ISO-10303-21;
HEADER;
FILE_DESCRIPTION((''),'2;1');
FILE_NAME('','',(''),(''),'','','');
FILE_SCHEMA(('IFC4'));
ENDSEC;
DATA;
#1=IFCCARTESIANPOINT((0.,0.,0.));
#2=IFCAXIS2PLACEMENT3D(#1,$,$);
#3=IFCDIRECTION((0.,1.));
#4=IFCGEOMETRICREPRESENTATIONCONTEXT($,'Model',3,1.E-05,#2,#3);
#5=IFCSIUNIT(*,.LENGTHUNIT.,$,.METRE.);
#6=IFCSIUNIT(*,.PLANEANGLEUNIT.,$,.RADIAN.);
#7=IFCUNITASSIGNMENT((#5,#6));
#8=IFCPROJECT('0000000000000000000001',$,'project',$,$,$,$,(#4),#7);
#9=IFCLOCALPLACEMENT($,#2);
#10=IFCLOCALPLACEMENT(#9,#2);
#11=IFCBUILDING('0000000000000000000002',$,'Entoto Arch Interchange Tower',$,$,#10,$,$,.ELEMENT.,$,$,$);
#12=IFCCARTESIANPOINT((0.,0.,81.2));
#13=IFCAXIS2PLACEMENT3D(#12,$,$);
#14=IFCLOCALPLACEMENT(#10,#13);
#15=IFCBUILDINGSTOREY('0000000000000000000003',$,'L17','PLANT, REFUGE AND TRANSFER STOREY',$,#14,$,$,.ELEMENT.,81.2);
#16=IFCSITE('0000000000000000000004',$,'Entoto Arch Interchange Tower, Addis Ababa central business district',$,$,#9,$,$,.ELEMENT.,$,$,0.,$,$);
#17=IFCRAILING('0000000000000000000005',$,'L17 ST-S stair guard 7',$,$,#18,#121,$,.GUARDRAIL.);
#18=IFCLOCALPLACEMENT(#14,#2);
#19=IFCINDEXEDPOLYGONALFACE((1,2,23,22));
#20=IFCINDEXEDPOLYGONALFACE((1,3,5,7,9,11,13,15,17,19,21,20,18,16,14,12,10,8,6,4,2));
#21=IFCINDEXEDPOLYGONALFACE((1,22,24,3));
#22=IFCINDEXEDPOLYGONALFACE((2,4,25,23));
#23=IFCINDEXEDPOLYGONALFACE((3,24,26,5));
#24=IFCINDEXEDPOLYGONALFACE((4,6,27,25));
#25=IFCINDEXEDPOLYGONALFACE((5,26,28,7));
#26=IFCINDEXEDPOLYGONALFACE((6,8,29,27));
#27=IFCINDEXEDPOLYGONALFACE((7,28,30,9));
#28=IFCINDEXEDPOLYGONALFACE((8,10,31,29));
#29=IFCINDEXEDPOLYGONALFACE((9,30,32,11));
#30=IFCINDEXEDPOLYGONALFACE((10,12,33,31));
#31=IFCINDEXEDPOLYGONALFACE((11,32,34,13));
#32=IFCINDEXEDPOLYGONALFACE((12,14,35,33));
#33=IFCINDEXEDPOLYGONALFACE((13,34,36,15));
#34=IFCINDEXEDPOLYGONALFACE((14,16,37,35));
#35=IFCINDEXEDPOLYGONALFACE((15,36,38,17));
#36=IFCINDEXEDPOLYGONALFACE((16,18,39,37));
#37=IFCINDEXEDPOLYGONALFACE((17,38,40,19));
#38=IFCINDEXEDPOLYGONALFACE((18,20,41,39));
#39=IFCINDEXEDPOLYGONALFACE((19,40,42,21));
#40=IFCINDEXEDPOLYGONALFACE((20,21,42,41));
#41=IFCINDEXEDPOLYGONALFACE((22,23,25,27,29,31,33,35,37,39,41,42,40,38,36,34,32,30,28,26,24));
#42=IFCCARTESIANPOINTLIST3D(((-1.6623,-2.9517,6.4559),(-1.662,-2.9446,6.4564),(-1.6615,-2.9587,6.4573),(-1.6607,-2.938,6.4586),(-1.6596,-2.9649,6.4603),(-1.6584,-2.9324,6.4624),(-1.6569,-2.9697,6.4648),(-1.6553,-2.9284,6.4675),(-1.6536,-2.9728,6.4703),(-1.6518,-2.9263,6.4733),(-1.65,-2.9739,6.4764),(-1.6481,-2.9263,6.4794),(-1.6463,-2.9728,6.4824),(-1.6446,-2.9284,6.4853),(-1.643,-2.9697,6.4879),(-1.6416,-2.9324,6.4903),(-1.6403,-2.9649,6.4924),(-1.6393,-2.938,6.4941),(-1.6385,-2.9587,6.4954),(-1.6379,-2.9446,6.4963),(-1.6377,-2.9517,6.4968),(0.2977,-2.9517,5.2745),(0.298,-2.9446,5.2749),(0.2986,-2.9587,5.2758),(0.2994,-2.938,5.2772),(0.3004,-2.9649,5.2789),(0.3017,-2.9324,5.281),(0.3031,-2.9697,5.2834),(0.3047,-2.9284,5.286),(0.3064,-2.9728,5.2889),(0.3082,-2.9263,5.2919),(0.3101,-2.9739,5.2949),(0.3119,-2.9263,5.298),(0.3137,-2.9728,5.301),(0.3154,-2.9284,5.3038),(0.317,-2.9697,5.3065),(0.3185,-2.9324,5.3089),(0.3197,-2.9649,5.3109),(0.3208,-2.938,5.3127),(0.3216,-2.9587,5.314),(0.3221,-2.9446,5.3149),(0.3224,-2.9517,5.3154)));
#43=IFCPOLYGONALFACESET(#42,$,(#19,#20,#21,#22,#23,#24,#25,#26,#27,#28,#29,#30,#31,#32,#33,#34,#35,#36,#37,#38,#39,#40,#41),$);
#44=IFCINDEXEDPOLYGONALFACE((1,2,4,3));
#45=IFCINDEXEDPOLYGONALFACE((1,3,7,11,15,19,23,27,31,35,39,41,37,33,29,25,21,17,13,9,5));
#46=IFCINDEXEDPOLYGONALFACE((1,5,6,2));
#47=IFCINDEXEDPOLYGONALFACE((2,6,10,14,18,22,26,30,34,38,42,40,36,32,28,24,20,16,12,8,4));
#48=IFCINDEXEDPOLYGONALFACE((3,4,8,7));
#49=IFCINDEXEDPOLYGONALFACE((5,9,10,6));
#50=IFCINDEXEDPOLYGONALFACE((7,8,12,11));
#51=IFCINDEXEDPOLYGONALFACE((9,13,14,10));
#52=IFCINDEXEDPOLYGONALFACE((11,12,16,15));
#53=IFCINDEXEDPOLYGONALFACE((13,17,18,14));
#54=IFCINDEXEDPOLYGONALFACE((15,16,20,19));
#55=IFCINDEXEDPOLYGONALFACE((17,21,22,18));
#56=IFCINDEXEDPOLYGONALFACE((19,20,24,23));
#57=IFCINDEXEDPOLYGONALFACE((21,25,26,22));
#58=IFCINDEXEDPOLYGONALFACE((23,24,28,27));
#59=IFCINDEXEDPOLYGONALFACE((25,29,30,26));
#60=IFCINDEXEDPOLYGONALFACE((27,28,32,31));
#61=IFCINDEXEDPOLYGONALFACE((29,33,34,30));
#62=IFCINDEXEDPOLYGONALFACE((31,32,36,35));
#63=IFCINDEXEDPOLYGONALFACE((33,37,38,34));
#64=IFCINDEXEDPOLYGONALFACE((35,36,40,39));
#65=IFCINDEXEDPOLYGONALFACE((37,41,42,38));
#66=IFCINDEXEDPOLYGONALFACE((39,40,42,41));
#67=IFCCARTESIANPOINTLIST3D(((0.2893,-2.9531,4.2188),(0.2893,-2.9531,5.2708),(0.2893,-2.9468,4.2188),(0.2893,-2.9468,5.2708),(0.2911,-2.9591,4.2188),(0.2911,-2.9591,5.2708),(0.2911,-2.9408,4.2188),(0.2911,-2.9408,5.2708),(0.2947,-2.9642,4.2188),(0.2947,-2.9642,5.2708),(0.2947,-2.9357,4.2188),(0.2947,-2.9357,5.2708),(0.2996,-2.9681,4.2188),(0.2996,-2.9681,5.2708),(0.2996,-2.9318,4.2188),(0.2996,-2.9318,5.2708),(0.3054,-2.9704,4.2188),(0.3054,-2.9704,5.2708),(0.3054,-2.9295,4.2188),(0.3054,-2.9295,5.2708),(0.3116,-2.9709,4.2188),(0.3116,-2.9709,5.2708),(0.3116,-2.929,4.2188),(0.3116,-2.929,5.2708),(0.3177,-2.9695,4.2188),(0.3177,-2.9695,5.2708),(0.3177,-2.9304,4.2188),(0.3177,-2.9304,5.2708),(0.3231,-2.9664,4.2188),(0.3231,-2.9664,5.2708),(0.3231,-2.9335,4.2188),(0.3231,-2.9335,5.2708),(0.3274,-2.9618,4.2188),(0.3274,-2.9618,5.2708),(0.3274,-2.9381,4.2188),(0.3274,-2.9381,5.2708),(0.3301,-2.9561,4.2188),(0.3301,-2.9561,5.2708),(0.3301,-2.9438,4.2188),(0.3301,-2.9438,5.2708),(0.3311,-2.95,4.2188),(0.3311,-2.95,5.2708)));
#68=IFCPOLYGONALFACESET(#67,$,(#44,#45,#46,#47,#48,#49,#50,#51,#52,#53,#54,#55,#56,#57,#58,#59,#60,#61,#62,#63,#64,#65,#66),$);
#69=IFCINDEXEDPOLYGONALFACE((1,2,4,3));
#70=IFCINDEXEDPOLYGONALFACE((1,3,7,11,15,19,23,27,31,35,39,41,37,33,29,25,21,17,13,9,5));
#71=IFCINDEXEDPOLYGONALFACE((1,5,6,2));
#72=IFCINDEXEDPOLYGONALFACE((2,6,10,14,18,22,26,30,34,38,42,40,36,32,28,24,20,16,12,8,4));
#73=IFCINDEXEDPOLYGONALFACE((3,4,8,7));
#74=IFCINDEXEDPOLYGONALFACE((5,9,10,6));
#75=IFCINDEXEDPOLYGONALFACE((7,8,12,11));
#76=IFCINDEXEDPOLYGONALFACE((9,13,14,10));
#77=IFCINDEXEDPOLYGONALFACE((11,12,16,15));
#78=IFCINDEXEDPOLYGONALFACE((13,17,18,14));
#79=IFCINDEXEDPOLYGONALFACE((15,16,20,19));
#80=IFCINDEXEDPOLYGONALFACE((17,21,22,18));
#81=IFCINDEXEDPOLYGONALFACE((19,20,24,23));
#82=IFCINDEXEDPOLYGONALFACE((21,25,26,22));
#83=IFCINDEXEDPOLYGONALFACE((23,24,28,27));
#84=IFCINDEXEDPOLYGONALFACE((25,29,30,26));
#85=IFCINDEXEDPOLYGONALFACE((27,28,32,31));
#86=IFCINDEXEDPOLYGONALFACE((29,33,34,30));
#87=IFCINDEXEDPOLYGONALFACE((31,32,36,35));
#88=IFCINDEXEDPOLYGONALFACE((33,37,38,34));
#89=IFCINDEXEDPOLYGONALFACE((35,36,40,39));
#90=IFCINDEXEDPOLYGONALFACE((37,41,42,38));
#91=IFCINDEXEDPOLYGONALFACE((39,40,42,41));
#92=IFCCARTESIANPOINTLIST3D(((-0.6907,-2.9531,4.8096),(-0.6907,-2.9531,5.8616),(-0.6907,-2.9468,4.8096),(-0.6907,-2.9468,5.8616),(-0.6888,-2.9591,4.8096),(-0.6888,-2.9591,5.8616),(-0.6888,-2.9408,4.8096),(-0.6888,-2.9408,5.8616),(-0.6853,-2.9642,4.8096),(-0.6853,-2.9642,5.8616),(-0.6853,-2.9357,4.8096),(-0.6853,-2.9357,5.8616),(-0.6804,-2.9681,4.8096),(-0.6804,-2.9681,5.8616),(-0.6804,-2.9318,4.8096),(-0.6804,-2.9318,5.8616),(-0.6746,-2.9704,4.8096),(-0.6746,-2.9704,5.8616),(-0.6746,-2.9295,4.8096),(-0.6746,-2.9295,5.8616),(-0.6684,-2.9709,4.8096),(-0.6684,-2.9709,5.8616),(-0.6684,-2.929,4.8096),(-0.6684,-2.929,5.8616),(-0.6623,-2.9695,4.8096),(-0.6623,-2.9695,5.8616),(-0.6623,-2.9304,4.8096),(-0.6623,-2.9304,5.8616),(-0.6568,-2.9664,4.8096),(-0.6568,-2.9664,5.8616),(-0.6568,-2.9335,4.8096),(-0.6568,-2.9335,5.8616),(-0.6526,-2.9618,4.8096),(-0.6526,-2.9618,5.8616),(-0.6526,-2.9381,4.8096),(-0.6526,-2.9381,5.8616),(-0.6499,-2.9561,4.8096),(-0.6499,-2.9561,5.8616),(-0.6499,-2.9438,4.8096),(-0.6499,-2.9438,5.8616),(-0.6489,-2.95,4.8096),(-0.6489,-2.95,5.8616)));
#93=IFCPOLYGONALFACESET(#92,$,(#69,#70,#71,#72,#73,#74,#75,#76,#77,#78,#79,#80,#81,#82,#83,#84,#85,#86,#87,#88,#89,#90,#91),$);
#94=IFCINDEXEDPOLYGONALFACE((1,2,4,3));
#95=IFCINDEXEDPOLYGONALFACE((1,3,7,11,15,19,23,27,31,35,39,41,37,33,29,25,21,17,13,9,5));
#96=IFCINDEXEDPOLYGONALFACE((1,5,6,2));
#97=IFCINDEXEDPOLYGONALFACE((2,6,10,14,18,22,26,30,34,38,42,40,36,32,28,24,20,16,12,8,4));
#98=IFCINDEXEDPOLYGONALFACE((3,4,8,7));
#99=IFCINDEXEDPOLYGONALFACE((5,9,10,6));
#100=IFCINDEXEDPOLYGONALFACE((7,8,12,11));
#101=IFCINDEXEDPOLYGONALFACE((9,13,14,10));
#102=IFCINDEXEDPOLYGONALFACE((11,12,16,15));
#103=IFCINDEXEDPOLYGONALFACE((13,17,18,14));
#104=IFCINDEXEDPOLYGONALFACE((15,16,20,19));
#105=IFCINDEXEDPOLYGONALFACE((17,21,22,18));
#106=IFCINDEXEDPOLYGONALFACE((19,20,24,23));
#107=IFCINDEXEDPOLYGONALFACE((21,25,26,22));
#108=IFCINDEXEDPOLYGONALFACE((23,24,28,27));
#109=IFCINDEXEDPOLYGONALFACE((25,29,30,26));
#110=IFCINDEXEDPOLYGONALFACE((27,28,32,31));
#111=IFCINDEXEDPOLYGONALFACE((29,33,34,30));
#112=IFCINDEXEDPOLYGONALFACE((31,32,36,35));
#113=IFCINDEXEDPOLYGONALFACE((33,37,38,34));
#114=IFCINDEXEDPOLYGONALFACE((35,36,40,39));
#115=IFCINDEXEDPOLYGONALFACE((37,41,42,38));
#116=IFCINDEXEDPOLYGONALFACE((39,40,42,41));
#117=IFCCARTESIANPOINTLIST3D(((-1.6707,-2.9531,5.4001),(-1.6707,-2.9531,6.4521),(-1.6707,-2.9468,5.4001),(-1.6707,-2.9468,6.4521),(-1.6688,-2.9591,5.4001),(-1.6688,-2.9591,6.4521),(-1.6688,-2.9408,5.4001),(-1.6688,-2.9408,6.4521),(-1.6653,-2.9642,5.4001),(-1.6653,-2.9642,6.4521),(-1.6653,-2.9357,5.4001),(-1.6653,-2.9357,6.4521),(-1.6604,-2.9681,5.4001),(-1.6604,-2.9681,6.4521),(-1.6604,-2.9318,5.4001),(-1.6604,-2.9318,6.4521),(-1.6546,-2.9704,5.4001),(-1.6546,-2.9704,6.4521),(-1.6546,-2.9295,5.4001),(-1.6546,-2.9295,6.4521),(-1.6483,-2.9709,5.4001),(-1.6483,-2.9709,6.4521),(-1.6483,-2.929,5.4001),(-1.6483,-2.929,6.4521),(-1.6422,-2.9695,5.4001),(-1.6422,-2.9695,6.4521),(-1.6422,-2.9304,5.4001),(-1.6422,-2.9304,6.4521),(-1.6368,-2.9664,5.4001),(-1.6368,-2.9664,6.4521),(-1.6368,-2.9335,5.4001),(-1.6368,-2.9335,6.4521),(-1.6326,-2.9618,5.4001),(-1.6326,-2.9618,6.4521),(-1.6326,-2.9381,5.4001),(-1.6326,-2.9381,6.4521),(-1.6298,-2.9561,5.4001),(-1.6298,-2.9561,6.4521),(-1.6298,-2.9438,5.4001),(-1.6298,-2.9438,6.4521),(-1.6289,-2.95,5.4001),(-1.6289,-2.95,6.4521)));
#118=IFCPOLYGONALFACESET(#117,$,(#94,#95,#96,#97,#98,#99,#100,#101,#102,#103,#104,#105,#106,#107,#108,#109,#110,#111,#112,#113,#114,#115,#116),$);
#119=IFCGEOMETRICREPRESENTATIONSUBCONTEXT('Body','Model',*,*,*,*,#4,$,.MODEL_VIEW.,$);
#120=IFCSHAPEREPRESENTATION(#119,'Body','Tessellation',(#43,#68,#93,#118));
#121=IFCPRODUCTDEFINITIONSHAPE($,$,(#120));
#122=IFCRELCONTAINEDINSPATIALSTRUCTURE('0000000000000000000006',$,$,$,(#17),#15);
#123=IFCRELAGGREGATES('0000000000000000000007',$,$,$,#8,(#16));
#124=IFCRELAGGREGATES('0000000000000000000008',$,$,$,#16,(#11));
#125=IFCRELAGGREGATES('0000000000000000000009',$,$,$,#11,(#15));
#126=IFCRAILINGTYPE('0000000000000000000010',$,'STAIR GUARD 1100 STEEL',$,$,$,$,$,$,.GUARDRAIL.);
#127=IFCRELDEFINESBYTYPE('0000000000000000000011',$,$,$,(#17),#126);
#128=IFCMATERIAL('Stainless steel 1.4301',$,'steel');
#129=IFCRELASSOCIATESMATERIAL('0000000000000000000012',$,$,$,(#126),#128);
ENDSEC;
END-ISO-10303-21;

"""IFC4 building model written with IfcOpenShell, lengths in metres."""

from ifc_helpers import new_model, si_unit, direction, frame, origin, origin_2d, place, context, subcontext, project, spatial, circle, extrude, material, type_object, element, save


model = new_model("IFC4")

# Units and contexts
model_context = context("Model", 3, precision=1e-05, world=origin(), true_north=direction((0.0, 1.0)))
body_context = subcontext(model_context, "Body", "Model", "MODEL_VIEW")
ifc_project = project(units=[si_unit("LENGTHUNIT", "METRE"), si_unit("PLANEANGLEUNIT", "RADIAN")], contexts=[model_context])

# Site, building, storey
site_placement = place(None, origin())
site = spatial("IfcSite", under=ifc_project, at=site_placement, Name="Entoto Arch Interchange Tower, Addis Ababa central business district", CompositionType="ELEMENT", RefElevation=0.0)
building_placement = place(site_placement, origin())
building = spatial("IfcBuilding", under=site, at=building_placement, Name="Entoto Arch Interchange Tower", CompositionType="ELEMENT")
storey_placement = place(building_placement, frame((0.0, 0.0, 81.2)))
storey = spatial("IfcBuildingStorey", under=building, at=storey_placement, Name="L17", Description="PLANT, REFUGE AND TRANSFER STOREY", CompositionType="ELEMENT", Elevation=81.2)

# Railing
ifc_material_1 = material(Name="Stainless steel 1.4301", Category="steel")
railing_type_1 = type_object("IfcRailingType", Name="STAIR GUARD 1100 STEEL", PredefinedType="GUARDRAIL", material=ifc_material_1)
railing_1_placement = place(storey_placement, frame((0.3101, -2.95, 4.2188)))
element("IfcRailing", 1, at=railing_1_placement, inside=storey, type_object=railing_type_1, Name="L17 ST-S stair guard 7", PredefinedType="GUARDRAIL", context=body_context, shape_type="SweptSolid", body=[
    extrude(circle(Radius=0.0239, at=origin_2d()), frame((0.0, 0.0, 1.0762), z_axis=(-0.856446, 0.0, 0.516236), x_axis=(0.0, -1.0, 0.0)), (0.0, 0.0, 1.0), 2.2886),
    extrude(circle(Radius=0.021, at=origin_2d()), origin(), (0.0, 0.0, 1.0), 1.052),
    extrude(circle(Radius=0.021, at=origin_2d()), frame((-0.98, 0.0, 0.5908)), (0.0, 0.0, 1.0), 1.052),
    extrude(circle(Radius=0.021, at=origin_2d()), frame((-1.96, 0.0, 1.1814)), (0.0, 0.0, 1.0), 1.052),
])

save(model, "model.ifc")
